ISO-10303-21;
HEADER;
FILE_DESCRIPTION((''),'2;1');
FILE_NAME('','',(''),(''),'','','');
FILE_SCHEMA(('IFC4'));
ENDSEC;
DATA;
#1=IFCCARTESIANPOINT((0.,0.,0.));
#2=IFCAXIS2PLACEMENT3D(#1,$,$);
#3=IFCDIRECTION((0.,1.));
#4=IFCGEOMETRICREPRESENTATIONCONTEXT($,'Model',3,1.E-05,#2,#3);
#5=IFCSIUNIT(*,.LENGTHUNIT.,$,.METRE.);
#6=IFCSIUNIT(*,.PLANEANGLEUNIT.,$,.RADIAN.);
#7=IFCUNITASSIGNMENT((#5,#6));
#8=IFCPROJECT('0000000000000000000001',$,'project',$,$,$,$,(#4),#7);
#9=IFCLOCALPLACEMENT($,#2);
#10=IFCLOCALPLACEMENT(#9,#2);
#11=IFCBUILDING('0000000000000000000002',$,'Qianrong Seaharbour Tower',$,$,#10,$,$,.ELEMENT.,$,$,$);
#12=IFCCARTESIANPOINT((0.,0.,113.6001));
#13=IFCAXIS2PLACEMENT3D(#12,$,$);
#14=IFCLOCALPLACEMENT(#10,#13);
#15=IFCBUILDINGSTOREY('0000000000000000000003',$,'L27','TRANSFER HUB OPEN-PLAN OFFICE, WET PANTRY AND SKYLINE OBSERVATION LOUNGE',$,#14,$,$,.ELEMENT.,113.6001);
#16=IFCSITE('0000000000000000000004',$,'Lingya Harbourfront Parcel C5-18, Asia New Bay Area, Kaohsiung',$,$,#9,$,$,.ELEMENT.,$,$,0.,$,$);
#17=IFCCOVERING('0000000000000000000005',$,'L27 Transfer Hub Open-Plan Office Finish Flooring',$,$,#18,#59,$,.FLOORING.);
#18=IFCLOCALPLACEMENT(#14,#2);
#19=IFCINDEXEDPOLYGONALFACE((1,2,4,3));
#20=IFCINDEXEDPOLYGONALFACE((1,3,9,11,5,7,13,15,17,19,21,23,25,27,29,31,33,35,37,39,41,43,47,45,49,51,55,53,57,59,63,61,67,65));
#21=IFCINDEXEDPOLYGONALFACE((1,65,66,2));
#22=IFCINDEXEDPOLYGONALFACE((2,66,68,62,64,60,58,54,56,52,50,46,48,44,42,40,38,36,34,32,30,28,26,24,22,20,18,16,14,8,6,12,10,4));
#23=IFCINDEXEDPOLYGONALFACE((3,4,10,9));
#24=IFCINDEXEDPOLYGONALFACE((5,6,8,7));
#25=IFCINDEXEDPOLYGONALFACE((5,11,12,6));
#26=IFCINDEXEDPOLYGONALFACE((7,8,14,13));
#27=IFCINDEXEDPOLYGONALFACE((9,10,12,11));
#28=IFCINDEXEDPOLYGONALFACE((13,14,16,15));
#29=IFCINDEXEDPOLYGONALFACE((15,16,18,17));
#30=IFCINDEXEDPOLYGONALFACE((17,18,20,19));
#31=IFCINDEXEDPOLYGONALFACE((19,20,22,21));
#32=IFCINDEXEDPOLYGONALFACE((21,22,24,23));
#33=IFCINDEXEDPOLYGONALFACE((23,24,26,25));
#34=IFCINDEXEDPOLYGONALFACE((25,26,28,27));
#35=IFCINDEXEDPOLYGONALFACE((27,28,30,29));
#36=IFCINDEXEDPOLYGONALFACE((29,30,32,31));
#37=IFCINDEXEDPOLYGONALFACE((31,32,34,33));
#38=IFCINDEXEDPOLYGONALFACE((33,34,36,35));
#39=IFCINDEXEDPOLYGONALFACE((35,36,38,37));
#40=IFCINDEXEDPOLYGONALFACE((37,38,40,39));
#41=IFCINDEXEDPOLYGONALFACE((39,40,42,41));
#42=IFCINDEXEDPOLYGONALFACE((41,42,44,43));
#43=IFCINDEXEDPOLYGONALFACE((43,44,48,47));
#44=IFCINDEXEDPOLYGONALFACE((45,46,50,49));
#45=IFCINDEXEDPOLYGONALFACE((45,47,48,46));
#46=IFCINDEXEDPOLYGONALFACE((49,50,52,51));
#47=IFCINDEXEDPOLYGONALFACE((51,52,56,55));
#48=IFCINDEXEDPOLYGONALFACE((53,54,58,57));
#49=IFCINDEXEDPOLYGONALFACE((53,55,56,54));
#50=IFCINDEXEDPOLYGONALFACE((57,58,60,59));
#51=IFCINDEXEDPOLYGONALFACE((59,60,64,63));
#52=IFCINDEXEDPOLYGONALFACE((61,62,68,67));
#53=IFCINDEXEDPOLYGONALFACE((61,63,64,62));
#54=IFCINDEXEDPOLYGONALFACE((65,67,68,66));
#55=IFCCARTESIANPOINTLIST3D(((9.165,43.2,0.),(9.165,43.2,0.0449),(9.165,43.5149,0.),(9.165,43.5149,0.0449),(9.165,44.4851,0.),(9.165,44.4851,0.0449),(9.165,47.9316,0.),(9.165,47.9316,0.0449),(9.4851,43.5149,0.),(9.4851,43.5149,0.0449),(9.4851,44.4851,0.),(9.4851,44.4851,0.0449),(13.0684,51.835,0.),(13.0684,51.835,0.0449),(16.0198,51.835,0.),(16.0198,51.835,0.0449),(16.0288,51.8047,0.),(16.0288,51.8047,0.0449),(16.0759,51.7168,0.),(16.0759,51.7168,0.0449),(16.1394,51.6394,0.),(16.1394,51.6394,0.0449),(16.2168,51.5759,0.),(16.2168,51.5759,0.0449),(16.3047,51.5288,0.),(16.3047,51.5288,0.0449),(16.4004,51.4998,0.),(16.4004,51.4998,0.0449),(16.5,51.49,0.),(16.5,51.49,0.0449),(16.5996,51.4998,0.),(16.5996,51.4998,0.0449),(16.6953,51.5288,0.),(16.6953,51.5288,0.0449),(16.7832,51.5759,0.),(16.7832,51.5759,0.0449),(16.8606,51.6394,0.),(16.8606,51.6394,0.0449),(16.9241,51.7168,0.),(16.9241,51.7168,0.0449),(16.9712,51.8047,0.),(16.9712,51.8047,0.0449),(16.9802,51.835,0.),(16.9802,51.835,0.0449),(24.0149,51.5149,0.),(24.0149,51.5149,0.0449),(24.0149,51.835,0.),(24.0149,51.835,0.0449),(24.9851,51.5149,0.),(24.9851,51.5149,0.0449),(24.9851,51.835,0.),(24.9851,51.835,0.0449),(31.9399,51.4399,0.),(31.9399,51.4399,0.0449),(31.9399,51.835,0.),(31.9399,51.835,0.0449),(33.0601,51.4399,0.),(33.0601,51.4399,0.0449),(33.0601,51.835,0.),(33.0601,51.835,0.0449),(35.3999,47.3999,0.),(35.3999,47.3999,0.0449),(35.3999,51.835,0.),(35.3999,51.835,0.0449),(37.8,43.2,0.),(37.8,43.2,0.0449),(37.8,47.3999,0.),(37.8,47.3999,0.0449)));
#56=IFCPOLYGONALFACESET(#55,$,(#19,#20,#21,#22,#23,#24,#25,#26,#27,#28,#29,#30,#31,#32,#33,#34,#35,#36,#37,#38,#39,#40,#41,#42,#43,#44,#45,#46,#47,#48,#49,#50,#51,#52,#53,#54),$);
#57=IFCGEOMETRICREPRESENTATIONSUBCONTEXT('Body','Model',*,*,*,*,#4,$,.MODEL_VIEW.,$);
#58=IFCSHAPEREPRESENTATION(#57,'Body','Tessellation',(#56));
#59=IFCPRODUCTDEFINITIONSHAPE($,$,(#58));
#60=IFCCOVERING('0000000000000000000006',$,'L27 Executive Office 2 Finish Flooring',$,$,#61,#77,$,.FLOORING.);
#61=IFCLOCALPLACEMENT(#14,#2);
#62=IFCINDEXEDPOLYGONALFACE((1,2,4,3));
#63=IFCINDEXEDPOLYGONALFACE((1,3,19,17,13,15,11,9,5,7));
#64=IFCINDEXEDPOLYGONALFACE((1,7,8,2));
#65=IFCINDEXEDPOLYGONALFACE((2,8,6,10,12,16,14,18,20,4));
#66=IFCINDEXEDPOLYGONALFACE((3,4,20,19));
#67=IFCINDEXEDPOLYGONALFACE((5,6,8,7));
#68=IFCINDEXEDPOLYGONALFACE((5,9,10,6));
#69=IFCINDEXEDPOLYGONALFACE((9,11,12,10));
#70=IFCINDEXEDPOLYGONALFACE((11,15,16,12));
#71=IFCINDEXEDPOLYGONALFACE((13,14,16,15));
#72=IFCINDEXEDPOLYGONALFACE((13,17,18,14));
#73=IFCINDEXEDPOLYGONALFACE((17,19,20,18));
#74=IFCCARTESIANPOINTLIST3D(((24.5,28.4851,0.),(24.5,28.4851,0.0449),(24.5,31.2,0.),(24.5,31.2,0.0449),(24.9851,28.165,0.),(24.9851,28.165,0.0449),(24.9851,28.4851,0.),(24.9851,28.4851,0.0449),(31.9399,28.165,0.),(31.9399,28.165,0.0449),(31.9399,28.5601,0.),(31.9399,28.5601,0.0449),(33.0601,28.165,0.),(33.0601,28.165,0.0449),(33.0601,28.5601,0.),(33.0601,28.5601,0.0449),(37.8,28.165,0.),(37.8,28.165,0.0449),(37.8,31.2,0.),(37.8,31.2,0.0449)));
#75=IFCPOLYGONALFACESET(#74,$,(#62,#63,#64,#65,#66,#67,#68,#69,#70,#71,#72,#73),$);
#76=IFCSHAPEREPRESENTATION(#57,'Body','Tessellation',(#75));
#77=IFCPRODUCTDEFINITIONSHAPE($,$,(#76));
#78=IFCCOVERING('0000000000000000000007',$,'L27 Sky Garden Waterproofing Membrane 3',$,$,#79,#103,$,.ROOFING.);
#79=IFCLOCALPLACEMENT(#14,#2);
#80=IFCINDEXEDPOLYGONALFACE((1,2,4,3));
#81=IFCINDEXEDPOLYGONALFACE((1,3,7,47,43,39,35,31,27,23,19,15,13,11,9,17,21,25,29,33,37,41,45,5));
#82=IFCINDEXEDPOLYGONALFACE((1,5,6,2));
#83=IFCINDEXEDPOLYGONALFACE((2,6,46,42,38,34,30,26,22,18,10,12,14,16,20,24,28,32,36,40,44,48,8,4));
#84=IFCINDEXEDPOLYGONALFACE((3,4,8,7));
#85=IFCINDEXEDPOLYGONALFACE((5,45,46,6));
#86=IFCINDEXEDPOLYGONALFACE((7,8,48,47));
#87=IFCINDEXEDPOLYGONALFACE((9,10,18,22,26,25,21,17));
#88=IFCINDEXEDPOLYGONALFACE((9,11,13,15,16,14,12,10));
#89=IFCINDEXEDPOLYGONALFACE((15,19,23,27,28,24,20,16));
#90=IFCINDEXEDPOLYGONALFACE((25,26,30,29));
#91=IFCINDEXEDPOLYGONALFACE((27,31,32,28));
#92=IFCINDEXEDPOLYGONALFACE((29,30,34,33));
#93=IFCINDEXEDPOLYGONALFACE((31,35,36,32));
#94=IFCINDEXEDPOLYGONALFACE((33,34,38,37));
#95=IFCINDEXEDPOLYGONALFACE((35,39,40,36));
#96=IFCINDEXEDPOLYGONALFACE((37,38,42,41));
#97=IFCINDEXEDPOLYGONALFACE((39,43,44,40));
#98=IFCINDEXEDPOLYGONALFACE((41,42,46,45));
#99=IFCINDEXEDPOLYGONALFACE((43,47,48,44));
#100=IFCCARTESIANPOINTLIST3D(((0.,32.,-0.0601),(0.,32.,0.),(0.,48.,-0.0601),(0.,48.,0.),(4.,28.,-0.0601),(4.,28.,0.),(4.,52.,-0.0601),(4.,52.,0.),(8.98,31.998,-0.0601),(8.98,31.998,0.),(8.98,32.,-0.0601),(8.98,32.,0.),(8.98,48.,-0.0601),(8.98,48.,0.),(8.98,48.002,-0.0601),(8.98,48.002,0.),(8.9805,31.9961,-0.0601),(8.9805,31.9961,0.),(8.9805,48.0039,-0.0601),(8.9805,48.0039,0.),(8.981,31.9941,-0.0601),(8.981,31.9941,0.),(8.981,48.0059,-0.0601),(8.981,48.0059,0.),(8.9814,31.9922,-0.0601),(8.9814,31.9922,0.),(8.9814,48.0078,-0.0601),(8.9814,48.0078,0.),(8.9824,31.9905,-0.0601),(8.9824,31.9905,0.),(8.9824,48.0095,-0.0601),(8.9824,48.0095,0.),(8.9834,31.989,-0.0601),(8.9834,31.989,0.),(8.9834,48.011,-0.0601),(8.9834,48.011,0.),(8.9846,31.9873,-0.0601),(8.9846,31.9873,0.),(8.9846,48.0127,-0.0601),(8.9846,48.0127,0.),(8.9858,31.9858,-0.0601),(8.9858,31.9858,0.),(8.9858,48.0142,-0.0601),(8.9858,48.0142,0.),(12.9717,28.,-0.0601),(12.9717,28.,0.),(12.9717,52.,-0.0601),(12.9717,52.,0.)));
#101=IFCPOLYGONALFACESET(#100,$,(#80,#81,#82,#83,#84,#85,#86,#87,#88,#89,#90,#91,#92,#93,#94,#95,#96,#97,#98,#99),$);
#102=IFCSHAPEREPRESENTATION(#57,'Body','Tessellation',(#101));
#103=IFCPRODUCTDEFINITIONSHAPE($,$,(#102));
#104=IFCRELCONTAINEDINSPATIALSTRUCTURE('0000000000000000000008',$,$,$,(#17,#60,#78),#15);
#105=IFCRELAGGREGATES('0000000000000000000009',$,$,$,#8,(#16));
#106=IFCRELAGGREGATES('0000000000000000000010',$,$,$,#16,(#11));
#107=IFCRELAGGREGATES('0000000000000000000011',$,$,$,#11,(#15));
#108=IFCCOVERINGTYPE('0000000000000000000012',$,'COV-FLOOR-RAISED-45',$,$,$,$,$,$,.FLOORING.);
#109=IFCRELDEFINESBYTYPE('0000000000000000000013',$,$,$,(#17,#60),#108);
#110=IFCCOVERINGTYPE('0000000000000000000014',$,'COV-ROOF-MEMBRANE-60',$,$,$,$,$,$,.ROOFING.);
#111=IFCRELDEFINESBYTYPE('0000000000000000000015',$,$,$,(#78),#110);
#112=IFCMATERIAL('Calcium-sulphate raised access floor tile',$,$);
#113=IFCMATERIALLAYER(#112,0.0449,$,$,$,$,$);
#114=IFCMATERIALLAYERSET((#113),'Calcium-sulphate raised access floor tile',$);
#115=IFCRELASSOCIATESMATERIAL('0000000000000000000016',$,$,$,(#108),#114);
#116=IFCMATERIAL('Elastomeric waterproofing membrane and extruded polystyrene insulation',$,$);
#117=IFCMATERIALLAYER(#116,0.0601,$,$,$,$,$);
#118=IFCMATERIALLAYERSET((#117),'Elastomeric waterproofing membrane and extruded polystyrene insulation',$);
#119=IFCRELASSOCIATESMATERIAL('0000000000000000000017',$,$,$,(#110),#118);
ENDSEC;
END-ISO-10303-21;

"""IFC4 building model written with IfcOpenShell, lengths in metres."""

from ifc_helpers import new_model, si_unit, direction, frame, origin, place, context, subcontext, project, spatial, polyline, outline, extrude, material, layer, layer_set, type_object, element, save


model = new_model("IFC4")

# Units and contexts
model_context = context("Model", 3, precision=1e-05, world=origin(), true_north=direction((0.0, 1.0)))
body_context = subcontext(model_context, "Body", "Model", "MODEL_VIEW")
ifc_project = project(units=[si_unit("LENGTHUNIT", "METRE"), si_unit("PLANEANGLEUNIT", "RADIAN")], contexts=[model_context])

# Site, building, storey
site_placement = place(None, origin())
site = spatial("IfcSite", under=ifc_project, at=site_placement, Name="Lingya Harbourfront Parcel C5-18, Asia New Bay Area, Kaohsiung", CompositionType="ELEMENT", RefElevation=0.0)
building_placement = place(site_placement, origin())
building = spatial("IfcBuilding", under=site, at=building_placement, Name="Qianrong Seaharbour Tower", CompositionType="ELEMENT")
storey_placement = place(building_placement, frame((0.0, 0.0, 113.6001)))
storey = spatial("IfcBuildingStorey", under=building, at=storey_placement, Name="L27", Description="TRANSFER HUB OPEN-PLAN OFFICE, WET PANTRY AND SKYLINE OBSERVATION LOUNGE", CompositionType="ELEMENT", Elevation=113.6001)

# Coverings
ifc_material_1 = material(Name="Calcium-sulphate raised access floor tile")
ifc_layer_1 = layer(ifc_material_1, 0.0449)
ifc_layer_set_1 = layer_set([ifc_layer_1], Name="Calcium-sulphate raised access floor tile")
covering_type_1 = type_object("IfcCoveringType", Name="COV-FLOOR-RAISED-45", PredefinedType="FLOORING", material=ifc_layer_set_1)
covering_1_placement = place(storey_placement, origin())
element("IfcCovering", 1, at=covering_1_placement, inside=storey, type_object=covering_type_1, Name="L27 Transfer Hub Open-Plan Office Finish Flooring", PredefinedType="FLOORING", context=body_context, shape_type="SweptSolid", body=[
    extrude(outline(polyline([(9.165, 43.5149), (9.4851, 43.5149), (9.4851, 44.4851), (9.165, 44.4851), (9.165, 47.9316), (13.0684, 51.835), (16.0198, 51.835), (16.0288, 51.8047), (16.0759, 51.7168), (16.1394, 51.6394), (16.2168, 51.5759), (16.3047, 51.5288), (16.4004, 51.4998), (16.5, 51.49), (16.5996, 51.4998), (16.6953, 51.5288), (16.7832, 51.5759), (16.8606, 51.6394), (16.9241, 51.7168), (16.9712, 51.8047), (16.9802, 51.835), (24.0149, 51.835), (24.0149, 51.5149), (24.9851, 51.5149), (24.9851, 51.835), (31.9399, 51.835), (31.9399, 51.4399), (33.0601, 51.4399), (33.0601, 51.835), (35.3999, 51.835), (35.3999, 47.3999), (37.8, 47.3999), (37.8, 43.2), (9.165, 43.2), (9.165, 43.5149)])), origin(), (0.0, 0.0, 1.0), 0.0449),
])
covering_2_placement = place(storey_placement, origin())
element("IfcCovering", 2, at=covering_2_placement, inside=storey, type_object=covering_type_1, Name="L27 Executive Office 2 Finish Flooring", PredefinedType="FLOORING", context=body_context, shape_type="SweptSolid", body=[
    extrude(outline(polyline([(37.8, 28.165), (33.0601, 28.165), (33.0601, 28.5601), (31.9399, 28.5601), (31.9399, 28.165), (24.9851, 28.165), (24.9851, 28.4851), (24.5, 28.4851), (24.5, 31.2), (37.8, 31.2), (37.8, 28.165)])), origin(), (0.0, 0.0, 1.0), 0.0449),
])
ifc_material_2 = material(Name="Elastomeric waterproofing membrane and extruded polystyrene insulation")
ifc_layer_2 = layer(ifc_material_2, 0.0601)
ifc_layer_set_2 = layer_set([ifc_layer_2], Name="Elastomeric waterproofing membrane and extruded polystyrene insulation")
covering_type_2 = type_object("IfcCoveringType", Name="COV-ROOF-MEMBRANE-60", PredefinedType="ROOFING", material=ifc_layer_set_2)
covering_3_placement = place(storey_placement, frame((0.0, 0.0, -0.0601)))
element("IfcCovering", 3, at=covering_3_placement, inside=storey, type_object=covering_type_2, Name="L27 Sky Garden Waterproofing Membrane 3", PredefinedType="ROOFING", context=body_context, shape_type="SweptSolid", body=[
    extrude(outline(polyline([(0.0, 32.0), (0.0, 48.0), (4.0, 52.0), (12.9717, 52.0), (8.9858, 48.0142), (8.9846, 48.0127), (8.9834, 48.011), (8.9824, 48.0095), (8.9814, 48.0078), (8.981, 48.0059), (8.9805, 48.0039), (8.98, 48.002), (8.98, 48.0), (8.98, 32.0), (8.98, 31.998), (8.9805, 31.9961), (8.981, 31.9941), (8.9814, 31.9922), (8.9824, 31.9905), (8.9834, 31.989), (8.9846, 31.9873), (8.9858, 31.9858), (12.9717, 28.0), (4.0, 28.0), (0.0, 32.0)])), origin(), (0.0, 0.0, 1.0), 0.0601),
])

save(model, "model.ifc")
